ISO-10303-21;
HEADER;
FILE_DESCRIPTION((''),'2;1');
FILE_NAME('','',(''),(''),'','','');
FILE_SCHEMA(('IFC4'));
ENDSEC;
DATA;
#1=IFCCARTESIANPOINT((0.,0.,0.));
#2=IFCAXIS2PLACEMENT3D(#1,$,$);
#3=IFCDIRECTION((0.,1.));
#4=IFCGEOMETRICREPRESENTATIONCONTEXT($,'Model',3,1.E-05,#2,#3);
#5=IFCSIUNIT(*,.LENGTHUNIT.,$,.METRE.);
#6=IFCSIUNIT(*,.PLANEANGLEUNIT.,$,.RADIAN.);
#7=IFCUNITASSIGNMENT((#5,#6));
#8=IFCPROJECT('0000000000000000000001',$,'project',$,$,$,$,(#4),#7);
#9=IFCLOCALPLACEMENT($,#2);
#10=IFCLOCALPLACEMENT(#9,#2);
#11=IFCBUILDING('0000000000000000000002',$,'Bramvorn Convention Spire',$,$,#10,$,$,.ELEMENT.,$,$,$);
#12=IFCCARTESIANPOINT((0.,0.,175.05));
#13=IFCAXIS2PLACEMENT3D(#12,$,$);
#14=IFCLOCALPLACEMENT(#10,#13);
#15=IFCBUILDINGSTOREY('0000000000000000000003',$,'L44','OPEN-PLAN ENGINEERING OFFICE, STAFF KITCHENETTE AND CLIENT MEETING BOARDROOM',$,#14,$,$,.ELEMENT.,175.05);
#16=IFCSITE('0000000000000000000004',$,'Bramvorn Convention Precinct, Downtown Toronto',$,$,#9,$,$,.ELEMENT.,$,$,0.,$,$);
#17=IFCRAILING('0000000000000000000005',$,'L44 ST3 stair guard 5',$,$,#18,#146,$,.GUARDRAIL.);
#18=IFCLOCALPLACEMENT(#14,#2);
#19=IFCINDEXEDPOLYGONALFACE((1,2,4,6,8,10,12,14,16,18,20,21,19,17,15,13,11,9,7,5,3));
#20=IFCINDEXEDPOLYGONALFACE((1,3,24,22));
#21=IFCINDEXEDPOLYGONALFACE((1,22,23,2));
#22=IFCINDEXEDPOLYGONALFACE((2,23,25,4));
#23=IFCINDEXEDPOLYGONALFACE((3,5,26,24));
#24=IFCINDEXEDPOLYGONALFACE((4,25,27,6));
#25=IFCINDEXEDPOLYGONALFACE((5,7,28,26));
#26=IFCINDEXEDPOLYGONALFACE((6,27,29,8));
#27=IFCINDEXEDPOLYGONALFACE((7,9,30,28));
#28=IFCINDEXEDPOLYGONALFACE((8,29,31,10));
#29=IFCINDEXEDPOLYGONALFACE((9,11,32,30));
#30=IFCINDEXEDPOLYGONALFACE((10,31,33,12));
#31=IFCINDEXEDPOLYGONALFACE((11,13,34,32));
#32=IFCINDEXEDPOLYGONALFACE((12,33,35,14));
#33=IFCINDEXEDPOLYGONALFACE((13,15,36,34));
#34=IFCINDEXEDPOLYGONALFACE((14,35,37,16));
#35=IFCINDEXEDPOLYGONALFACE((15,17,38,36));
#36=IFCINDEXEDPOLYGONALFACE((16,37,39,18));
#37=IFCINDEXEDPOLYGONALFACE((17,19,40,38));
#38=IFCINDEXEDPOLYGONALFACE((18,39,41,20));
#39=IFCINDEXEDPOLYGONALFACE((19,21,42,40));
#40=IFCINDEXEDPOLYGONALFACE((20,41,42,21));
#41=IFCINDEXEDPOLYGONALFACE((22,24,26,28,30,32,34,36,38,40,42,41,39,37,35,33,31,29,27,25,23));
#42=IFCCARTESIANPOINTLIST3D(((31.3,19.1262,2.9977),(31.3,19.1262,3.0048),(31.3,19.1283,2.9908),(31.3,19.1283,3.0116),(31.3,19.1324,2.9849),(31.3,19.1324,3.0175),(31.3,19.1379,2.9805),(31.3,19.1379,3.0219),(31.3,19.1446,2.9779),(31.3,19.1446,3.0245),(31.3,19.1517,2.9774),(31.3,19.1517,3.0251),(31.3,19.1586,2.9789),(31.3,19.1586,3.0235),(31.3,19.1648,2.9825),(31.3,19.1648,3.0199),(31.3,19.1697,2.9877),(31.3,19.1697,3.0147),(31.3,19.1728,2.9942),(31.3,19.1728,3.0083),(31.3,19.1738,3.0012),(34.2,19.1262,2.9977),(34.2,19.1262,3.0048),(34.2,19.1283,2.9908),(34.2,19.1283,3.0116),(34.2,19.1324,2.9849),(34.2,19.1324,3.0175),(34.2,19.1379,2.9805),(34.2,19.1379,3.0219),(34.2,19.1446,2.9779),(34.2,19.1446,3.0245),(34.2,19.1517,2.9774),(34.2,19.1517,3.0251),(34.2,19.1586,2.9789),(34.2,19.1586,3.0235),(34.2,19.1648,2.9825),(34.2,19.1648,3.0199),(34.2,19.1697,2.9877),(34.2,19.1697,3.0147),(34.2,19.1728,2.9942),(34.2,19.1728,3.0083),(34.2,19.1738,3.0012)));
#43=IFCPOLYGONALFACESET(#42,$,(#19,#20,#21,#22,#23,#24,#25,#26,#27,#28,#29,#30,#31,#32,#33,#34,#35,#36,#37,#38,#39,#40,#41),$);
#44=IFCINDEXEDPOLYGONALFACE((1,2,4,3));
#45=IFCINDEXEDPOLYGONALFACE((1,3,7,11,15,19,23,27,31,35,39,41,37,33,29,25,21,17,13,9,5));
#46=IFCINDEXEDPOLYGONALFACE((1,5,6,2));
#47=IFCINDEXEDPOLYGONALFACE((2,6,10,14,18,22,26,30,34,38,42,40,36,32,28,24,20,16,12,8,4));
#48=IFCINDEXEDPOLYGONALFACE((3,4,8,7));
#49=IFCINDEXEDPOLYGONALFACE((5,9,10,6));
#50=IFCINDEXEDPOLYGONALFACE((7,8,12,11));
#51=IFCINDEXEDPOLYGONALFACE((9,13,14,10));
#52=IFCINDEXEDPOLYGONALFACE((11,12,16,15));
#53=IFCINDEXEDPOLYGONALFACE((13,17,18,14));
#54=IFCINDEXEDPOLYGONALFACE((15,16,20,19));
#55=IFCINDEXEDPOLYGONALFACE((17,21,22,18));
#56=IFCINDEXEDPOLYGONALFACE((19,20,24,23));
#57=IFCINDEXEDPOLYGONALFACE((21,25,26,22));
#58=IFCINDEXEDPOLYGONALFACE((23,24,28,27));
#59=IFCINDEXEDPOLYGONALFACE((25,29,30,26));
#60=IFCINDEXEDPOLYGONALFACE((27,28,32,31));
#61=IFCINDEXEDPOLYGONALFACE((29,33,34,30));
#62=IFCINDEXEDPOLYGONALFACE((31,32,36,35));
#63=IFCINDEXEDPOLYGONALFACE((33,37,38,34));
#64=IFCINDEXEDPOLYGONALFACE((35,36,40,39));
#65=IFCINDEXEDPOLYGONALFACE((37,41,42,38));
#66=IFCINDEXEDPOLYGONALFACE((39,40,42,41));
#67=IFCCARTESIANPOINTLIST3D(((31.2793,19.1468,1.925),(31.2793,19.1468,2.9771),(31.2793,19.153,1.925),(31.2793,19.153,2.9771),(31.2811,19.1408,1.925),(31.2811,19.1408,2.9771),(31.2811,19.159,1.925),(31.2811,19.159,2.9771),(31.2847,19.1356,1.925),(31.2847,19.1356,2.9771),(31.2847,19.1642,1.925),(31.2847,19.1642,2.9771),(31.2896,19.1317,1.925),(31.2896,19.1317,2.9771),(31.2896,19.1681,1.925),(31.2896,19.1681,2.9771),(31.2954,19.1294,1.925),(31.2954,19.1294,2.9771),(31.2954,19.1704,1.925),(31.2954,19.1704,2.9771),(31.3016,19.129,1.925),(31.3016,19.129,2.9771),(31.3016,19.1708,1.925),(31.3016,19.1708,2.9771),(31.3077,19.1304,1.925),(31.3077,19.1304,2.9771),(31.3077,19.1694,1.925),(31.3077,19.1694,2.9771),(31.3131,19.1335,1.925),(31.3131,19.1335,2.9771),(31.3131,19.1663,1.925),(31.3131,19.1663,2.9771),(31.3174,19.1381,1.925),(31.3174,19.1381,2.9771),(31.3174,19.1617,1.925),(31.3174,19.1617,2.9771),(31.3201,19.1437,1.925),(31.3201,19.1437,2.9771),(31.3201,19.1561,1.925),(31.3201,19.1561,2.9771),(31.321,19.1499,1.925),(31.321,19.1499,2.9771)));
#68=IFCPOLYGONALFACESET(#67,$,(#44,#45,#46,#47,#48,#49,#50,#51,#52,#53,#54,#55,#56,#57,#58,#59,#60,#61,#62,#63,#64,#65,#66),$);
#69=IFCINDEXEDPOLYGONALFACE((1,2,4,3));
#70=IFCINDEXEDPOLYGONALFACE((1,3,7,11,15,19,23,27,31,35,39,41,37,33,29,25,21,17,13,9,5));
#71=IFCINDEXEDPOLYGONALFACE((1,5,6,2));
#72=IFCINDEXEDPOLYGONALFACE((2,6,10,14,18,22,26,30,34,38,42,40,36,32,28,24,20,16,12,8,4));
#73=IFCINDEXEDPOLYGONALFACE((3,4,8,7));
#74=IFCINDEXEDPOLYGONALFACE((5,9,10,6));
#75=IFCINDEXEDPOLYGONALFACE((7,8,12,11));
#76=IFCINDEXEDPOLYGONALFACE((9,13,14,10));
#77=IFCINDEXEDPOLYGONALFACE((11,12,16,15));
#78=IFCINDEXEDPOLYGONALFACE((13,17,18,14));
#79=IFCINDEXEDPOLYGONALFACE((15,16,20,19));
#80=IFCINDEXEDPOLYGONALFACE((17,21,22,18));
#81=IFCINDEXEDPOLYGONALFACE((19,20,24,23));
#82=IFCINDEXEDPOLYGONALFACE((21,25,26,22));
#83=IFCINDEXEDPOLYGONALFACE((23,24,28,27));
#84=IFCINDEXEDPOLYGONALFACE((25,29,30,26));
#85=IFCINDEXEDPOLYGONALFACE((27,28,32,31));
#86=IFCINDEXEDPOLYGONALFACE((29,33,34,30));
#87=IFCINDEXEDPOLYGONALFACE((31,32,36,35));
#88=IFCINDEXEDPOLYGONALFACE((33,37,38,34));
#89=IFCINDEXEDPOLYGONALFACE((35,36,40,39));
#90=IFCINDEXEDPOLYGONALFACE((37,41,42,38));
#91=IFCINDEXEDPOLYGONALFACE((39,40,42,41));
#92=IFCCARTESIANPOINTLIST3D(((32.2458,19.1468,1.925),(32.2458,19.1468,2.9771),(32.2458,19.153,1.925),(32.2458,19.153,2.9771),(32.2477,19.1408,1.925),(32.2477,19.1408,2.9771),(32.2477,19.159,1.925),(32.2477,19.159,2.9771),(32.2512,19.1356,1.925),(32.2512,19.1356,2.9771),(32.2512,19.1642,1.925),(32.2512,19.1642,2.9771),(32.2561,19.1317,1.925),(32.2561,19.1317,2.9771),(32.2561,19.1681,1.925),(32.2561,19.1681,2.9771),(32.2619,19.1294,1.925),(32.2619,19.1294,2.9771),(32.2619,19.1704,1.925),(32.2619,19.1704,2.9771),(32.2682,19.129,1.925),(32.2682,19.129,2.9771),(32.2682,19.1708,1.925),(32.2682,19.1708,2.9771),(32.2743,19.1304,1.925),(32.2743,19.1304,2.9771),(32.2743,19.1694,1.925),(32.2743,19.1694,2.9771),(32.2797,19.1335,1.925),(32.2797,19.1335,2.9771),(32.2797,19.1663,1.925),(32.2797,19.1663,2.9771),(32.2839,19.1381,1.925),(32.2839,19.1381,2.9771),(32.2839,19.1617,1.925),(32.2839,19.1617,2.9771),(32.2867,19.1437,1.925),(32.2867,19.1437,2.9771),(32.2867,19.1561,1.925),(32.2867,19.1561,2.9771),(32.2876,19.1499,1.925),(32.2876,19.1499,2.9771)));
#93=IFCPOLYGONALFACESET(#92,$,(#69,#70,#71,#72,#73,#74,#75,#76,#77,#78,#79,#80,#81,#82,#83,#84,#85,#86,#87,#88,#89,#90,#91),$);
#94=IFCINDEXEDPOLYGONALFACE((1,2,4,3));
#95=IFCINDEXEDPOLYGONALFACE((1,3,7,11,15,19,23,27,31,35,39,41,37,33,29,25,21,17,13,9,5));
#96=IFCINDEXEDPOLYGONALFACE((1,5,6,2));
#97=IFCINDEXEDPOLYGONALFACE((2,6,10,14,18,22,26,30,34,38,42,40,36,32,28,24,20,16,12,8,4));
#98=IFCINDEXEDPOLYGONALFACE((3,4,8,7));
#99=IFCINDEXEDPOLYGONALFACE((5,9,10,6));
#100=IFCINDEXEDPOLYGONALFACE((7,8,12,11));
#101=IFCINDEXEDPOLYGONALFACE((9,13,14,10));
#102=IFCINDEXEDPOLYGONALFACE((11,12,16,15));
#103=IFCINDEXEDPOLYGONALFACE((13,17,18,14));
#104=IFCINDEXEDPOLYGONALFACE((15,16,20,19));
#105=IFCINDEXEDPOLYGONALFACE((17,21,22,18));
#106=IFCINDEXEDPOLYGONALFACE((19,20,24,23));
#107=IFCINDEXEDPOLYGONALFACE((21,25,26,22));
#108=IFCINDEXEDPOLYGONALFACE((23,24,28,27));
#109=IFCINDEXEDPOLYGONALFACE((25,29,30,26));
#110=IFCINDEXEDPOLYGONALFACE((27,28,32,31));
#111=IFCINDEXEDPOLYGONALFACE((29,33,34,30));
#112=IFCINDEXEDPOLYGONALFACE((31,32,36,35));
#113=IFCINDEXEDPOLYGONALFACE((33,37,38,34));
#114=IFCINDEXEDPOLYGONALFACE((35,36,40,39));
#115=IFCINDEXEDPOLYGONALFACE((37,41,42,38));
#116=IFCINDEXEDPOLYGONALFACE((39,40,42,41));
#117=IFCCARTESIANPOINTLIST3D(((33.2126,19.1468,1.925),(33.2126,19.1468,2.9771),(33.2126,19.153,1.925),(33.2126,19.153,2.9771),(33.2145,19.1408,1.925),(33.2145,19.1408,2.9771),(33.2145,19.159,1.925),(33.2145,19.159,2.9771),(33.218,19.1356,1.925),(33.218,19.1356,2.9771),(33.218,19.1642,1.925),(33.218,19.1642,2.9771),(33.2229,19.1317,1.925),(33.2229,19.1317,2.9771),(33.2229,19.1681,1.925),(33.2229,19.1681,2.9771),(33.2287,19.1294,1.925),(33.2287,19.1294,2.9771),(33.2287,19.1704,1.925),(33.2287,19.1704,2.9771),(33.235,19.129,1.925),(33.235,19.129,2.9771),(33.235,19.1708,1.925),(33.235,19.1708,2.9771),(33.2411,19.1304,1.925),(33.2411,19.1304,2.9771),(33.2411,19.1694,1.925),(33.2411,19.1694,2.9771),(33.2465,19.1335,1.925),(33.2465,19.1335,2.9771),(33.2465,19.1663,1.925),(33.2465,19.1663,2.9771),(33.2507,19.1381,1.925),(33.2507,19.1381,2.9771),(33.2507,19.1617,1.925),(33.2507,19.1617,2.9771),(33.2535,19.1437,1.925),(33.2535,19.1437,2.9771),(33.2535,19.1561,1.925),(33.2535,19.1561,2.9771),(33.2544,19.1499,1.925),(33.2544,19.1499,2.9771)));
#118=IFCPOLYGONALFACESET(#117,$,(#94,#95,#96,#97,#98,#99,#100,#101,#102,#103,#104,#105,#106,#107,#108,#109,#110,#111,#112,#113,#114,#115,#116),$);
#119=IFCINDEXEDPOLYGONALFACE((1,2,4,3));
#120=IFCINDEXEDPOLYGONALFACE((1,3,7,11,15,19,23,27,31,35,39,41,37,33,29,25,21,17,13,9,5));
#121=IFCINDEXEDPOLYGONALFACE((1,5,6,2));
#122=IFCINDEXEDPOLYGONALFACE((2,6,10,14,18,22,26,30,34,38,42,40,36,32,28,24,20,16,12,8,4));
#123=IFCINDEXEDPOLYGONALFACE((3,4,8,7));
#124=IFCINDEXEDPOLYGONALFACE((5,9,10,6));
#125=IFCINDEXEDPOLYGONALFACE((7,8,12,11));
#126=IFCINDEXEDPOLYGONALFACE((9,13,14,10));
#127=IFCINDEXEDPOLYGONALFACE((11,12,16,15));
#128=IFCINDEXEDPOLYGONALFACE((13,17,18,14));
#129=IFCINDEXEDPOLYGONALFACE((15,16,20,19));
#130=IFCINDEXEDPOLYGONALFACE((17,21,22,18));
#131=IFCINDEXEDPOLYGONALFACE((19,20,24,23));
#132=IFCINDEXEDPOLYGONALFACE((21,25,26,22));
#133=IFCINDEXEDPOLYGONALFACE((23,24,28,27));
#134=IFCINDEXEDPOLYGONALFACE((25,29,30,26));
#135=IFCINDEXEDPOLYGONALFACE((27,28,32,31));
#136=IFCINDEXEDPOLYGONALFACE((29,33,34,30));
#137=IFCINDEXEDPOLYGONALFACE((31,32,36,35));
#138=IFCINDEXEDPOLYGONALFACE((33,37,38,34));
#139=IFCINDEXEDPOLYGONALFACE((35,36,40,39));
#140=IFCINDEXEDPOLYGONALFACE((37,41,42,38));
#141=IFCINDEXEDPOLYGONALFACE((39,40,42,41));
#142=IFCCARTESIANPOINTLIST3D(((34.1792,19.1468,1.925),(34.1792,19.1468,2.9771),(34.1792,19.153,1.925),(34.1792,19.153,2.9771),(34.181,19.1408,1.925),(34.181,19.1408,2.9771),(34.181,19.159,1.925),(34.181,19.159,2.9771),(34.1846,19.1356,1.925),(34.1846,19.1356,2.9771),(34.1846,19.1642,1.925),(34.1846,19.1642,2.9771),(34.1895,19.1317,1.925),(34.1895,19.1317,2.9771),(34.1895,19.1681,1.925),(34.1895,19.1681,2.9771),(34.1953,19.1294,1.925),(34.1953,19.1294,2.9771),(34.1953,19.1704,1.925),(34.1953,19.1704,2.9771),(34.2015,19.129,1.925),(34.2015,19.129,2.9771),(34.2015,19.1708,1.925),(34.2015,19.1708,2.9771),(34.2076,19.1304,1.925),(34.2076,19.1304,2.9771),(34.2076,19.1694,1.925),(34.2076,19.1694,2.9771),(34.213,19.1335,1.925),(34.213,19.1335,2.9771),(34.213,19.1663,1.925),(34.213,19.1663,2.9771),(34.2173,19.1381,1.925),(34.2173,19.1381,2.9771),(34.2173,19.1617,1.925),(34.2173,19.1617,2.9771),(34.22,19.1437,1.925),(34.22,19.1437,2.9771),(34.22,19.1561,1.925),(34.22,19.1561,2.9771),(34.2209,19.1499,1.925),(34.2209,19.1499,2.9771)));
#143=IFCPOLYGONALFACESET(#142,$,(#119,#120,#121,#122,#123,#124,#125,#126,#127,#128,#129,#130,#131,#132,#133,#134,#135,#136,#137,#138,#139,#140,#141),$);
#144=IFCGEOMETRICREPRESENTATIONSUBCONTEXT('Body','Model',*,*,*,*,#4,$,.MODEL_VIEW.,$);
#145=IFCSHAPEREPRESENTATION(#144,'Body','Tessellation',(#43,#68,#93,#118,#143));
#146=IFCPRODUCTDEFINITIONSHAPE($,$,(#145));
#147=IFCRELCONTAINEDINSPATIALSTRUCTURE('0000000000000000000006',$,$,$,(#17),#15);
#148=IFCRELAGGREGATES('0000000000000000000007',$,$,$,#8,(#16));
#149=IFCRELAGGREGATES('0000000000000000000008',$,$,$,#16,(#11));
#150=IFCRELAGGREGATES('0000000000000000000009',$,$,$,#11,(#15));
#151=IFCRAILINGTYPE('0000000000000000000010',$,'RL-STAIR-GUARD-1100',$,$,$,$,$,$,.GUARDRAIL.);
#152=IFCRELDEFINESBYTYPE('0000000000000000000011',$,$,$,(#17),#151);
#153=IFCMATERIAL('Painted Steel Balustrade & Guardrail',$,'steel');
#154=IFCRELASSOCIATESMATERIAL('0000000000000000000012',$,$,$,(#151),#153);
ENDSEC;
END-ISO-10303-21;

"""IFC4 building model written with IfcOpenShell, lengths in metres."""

from ifc_helpers import new_model, si_unit, direction, frame, origin, origin_2d, place, context, subcontext, project, spatial, circle, extrude, material, type_object, element, save


model = new_model("IFC4")

# Units and contexts
model_context = context("Model", 3, precision=1e-05, world=origin(), true_north=direction((0.0, 1.0)))
body_context = subcontext(model_context, "Body", "Model", "MODEL_VIEW")
ifc_project = project(units=[si_unit("LENGTHUNIT", "METRE"), si_unit("PLANEANGLEUNIT", "RADIAN")], contexts=[model_context])

# Site, building, storey
site_placement = place(None, origin())
site = spatial("IfcSite", under=ifc_project, at=site_placement, Name="Bramvorn Convention Precinct, Downtown Toronto", CompositionType="ELEMENT", RefElevation=0.0)
building_placement = place(site_placement, origin())
building = spatial("IfcBuilding", under=site, at=building_placement, Name="Bramvorn Convention Spire", CompositionType="ELEMENT")
storey_placement = place(building_placement, frame((0.0, 0.0, 175.05)))
storey = spatial("IfcBuildingStorey", under=building, at=storey_placement, Name="L44", Description="OPEN-PLAN ENGINEERING OFFICE, STAFF KITCHENETTE AND CLIENT MEETING BOARDROOM", CompositionType="ELEMENT", Elevation=175.05)

# Railing
ifc_material_1 = material(Name="Painted Steel Balustrade & Guardrail", Category="steel")
railing_type_1 = type_object("IfcRailingType", Name="RL-STAIR-GUARD-1100", PredefinedType="GUARDRAIL", material=ifc_material_1)
railing_1_placement = place(storey_placement, frame((31.3, 19.1499, 1.925)))
element("IfcRailing", 1, at=railing_1_placement, inside=storey, type_object=railing_type_1, Name="L44 ST3 stair guard 5", PredefinedType="GUARDRAIL", context=body_context, shape_type="SweptSolid", body=[
    extrude(circle(Radius=0.0239, at=origin_2d()), frame((0.0, 0.0, 1.0762), z_axis=(1.0, 0.0, 0.0), x_axis=(0.0, 1.0, 0.0)), (0.0, 0.0, 1.0), 2.8999),
    extrude(circle(Radius=0.021, at=origin_2d()), origin(), (0.0, 0.0, 1.0), 1.052),
    extrude(circle(Radius=0.021, at=origin_2d()), frame((0.9666, 0.0, 0.0)), (0.0, 0.0, 1.0), 1.052),
    extrude(circle(Radius=0.021, at=origin_2d()), frame((1.9333, 0.0, 0.0)), (0.0, 0.0, 1.0), 1.052),
    extrude(circle(Radius=0.021, at=origin_2d()), frame((2.8999, 0.0, 0.0)), (0.0, 0.0, 1.0), 1.052),
])

save(model, "model.ifc")
